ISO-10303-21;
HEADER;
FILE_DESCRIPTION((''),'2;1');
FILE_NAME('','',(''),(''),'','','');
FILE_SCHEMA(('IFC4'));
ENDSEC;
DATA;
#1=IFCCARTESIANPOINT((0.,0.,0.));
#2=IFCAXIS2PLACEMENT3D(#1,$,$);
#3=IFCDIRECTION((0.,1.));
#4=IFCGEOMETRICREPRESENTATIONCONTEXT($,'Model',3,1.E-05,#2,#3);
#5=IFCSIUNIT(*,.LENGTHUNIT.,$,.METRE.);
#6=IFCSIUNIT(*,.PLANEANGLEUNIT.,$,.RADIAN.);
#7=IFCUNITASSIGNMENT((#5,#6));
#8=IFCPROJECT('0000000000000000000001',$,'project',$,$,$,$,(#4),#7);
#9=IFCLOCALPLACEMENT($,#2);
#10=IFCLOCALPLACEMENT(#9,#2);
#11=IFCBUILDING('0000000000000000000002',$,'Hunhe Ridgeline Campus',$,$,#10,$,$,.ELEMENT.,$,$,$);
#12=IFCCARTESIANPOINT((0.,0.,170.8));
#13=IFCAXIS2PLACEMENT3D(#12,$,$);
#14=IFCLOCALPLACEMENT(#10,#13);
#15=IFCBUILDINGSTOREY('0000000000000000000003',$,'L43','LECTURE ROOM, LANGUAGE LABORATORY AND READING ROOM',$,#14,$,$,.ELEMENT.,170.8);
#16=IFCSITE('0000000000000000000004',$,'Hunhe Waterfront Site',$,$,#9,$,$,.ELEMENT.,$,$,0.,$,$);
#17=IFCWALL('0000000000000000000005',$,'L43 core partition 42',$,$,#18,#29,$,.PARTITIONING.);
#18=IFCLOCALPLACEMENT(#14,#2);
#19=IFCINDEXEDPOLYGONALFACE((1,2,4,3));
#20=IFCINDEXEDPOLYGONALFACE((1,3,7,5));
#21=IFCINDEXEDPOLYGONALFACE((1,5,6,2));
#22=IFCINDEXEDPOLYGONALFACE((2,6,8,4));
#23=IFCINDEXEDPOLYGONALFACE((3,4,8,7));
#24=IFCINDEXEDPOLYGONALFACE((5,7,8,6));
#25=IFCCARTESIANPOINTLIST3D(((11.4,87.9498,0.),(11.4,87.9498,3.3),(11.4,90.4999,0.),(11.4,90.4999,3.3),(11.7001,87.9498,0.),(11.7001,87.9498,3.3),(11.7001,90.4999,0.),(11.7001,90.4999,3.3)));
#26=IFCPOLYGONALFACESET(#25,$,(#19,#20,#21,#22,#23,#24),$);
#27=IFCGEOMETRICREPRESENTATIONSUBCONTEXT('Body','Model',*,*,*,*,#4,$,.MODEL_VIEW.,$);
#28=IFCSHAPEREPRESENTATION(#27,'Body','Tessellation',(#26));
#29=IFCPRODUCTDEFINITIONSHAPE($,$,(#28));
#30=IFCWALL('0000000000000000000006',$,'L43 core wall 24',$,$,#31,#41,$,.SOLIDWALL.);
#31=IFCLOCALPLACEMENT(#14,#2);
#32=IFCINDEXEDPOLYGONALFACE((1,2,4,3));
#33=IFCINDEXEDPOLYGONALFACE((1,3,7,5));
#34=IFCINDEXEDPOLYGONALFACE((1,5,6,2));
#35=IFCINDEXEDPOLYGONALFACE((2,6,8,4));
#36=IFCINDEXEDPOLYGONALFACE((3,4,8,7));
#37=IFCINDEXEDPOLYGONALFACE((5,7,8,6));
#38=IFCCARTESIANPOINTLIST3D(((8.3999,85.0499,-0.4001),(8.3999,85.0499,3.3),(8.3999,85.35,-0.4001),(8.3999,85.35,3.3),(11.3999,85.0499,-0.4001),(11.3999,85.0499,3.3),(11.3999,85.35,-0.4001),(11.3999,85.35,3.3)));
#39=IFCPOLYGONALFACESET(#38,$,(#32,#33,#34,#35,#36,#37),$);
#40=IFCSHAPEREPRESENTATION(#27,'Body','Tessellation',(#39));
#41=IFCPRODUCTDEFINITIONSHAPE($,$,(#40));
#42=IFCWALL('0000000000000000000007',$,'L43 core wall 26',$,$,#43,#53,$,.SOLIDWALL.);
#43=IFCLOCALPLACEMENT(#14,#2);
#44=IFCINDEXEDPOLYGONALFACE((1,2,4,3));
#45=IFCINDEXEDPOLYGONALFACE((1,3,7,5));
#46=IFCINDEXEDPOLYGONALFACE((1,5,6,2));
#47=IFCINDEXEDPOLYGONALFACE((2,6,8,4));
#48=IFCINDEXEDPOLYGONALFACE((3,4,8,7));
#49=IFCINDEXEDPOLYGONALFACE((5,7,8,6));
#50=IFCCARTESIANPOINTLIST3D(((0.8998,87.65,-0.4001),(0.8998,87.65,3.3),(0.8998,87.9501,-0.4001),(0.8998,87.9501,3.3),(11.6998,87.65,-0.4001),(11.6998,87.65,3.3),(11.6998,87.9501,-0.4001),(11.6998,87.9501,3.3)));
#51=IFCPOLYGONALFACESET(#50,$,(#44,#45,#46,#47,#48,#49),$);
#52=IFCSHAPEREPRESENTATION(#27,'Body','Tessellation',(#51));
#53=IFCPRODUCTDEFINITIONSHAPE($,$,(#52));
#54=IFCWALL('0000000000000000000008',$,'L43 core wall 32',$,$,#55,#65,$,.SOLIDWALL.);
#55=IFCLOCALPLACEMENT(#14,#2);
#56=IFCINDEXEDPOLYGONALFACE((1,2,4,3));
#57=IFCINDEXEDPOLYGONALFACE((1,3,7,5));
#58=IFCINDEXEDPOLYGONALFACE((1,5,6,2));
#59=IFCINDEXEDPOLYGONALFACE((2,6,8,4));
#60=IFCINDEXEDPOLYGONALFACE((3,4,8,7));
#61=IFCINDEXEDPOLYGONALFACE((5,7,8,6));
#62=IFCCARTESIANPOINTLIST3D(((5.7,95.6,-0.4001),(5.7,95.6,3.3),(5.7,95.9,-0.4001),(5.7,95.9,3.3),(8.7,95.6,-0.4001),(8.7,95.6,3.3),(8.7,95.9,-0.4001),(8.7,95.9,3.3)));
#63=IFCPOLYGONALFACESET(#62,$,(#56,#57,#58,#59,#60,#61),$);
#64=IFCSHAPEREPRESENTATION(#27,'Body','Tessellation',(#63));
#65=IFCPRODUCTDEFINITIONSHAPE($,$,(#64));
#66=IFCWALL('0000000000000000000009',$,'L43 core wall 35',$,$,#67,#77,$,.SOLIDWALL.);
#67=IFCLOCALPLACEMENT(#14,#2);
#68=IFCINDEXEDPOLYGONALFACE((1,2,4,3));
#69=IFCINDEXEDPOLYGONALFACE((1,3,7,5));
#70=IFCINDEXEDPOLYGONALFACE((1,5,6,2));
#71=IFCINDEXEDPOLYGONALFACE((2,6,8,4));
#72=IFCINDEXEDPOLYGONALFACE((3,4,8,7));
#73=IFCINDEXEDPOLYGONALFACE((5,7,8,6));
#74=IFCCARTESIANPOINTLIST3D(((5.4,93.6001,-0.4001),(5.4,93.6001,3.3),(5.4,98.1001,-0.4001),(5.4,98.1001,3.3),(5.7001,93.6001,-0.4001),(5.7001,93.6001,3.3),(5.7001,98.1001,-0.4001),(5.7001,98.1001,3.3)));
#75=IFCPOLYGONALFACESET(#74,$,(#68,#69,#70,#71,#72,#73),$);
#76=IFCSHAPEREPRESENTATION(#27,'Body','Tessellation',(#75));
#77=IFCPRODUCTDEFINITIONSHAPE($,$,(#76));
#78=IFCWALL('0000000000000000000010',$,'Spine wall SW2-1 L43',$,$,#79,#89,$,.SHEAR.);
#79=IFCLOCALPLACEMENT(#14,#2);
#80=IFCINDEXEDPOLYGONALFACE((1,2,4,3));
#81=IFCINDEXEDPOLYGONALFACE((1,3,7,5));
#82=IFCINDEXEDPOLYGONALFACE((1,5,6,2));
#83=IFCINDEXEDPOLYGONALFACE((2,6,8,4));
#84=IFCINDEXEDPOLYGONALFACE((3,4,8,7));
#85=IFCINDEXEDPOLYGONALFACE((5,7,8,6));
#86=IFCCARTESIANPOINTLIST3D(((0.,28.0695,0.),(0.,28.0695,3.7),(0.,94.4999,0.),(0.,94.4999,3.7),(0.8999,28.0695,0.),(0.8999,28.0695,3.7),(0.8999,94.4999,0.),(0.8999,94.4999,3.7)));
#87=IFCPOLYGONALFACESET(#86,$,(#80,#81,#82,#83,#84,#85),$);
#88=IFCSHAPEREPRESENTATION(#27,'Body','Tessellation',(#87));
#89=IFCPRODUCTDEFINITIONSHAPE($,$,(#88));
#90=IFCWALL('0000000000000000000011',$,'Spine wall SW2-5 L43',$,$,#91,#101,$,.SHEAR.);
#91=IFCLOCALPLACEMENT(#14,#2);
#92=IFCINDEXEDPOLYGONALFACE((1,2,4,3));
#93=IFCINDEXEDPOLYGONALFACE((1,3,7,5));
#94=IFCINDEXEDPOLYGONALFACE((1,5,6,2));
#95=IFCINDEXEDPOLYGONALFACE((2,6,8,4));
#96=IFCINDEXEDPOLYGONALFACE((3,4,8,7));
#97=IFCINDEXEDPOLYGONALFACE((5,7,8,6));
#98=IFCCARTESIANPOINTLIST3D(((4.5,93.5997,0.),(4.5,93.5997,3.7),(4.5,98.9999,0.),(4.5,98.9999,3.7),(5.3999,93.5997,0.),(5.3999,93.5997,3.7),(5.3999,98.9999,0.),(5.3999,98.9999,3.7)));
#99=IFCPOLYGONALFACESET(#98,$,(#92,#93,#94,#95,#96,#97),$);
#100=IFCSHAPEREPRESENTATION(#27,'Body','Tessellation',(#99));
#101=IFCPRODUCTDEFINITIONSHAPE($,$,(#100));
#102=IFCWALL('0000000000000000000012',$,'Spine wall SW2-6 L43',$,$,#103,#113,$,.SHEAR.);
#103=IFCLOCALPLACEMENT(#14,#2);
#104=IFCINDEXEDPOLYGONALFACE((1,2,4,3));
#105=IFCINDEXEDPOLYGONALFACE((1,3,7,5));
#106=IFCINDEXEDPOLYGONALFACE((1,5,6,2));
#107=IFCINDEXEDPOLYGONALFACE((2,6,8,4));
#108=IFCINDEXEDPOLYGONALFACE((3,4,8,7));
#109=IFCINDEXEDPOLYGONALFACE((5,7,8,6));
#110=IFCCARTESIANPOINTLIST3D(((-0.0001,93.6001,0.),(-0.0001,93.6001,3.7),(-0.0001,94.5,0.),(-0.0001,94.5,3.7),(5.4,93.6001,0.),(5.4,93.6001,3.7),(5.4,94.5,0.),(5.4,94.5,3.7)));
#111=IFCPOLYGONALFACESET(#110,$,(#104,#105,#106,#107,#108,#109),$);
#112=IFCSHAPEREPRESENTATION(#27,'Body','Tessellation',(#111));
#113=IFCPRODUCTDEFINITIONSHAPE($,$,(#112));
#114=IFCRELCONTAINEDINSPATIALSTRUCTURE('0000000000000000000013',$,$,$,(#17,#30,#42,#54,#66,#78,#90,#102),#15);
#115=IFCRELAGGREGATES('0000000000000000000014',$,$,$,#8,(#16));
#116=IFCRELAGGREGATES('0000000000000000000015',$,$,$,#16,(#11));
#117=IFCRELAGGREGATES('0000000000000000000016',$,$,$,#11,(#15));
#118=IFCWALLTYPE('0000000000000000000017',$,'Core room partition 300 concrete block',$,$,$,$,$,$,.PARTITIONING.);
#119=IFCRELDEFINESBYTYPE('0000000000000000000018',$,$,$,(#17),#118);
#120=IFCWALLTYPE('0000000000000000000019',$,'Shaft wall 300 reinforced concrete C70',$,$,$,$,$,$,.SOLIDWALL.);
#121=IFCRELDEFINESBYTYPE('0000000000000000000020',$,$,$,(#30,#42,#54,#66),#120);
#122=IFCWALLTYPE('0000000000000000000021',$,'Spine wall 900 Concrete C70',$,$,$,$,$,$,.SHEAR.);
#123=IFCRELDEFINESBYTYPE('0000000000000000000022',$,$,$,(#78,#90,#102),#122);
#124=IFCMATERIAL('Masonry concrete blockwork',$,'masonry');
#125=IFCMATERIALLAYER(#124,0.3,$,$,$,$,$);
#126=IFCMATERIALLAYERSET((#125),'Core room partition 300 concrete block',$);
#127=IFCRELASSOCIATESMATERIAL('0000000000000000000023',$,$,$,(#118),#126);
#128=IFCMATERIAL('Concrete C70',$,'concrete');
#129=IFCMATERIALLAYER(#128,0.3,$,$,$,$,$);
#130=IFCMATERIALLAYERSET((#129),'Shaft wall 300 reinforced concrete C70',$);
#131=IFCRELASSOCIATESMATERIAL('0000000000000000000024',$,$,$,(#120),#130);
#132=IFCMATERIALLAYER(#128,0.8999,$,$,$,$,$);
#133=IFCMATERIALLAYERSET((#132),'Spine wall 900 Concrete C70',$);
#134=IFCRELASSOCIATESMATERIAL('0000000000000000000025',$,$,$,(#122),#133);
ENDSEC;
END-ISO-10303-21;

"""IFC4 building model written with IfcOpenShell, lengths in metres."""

from ifc_helpers import new_model, si_unit, direction, frame, frame_2d, origin, place, context, subcontext, project, spatial, rectangle, extrude, material, layer, layer_set, type_object, element, save


model = new_model("IFC4")

# Units and contexts
model_context = context("Model", 3, precision=1e-05, world=origin(), true_north=direction((0.0, 1.0)))
body_context = subcontext(model_context, "Body", "Model", "MODEL_VIEW")
ifc_project = project(units=[si_unit("LENGTHUNIT", "METRE"), si_unit("PLANEANGLEUNIT", "RADIAN")], contexts=[model_context])

# Site, building, storey
site_placement = place(None, origin())
site = spatial("IfcSite", under=ifc_project, at=site_placement, Name="Hunhe Waterfront Site", CompositionType="ELEMENT", RefElevation=0.0)
building_placement = place(site_placement, origin())
building = spatial("IfcBuilding", under=site, at=building_placement, Name="Hunhe Ridgeline Campus", CompositionType="ELEMENT")
storey_placement = place(building_placement, frame((0.0, 0.0, 170.8)))
storey = spatial("IfcBuildingStorey", under=building, at=storey_placement, Name="L43", Description="LECTURE ROOM, LANGUAGE LABORATORY AND READING ROOM", CompositionType="ELEMENT", Elevation=170.8)

# Wall
ifc_material_1 = material(Name="Masonry concrete blockwork", Category="masonry")
ifc_layer_1 = layer(ifc_material_1, 0.3)
ifc_layer_set_1 = layer_set([ifc_layer_1], Name="Core room partition 300 concrete block")
wall_type_1 = type_object("IfcWallType", Name="Core room partition 300 concrete block", PredefinedType="PARTITIONING", material=ifc_layer_set_1)
wall_1_placement = place(storey_placement, frame((11.55, 87.95, 0.0), z_axis=(0.0, 0.0, 1.0), x_axis=(0.0, 1.0, 0.0)))
element("IfcWall", 1, at=wall_1_placement, inside=storey, type_object=wall_type_1, Name="L43 core partition 42", PredefinedType="PARTITIONING", context=body_context, shape_type="SweptSolid", body=[
    extrude(rectangle(XDim=2.55, YDim=0.3, at=frame_2d((1.2749, 0.0))), origin(), (0.0, 0.0, 1.0), 3.3),
])

# Shared definitions
ifc_material_2 = material(Name="Concrete C70", Category="concrete")

# Walls
ifc_layer_2 = layer(ifc_material_2, 0.3)
ifc_layer_set_2 = layer_set([ifc_layer_2], Name="Shaft wall 300 reinforced concrete C70")
wall_type_2 = type_object("IfcWallType", Name="Shaft wall 300 reinforced concrete C70", PredefinedType="SOLIDWALL", material=ifc_layer_set_2)
wall_2_placement = place(storey_placement, frame((8.3999, 85.2, -0.4001), z_axis=(0.0, 0.0, 1.0), x_axis=(1.0, 0.0, 0.0)))
element("IfcWall", 2, at=wall_2_placement, inside=storey, type_object=wall_type_2, Name="L43 core wall 24", PredefinedType="SOLIDWALL", context=body_context, shape_type="SweptSolid", body=[
    extrude(rectangle(XDim=3.0, YDim=0.3, at=frame_2d((1.5, 0.0))), origin(), (0.0, 0.0, 1.0), 3.7002),
])
wall_3_placement = place(storey_placement, frame((0.8999, 87.8, -0.4001), z_axis=(0.0, 0.0, 1.0), x_axis=(1.0, 0.0, 0.0)))
element("IfcWall", 3, at=wall_3_placement, inside=storey, type_object=wall_type_2, Name="L43 core wall 26", PredefinedType="SOLIDWALL", context=body_context, shape_type="SweptSolid", body=[
    extrude(rectangle(XDim=10.8, YDim=0.3, at=frame_2d((5.3999, 0.0))), origin(), (0.0, 0.0, 1.0), 3.7002),
])

# Walls
wall_4_placement = place(storey_placement, frame((5.7, 95.75, -0.4001), z_axis=(0.0, 0.0, 1.0), x_axis=(1.0, 0.0, 0.0)))
element("IfcWall", 4, at=wall_4_placement, inside=storey, type_object=wall_type_2, Name="L43 core wall 32", PredefinedType="SOLIDWALL", context=body_context, shape_type="SweptSolid", body=[
    extrude(rectangle(XDim=3.0, YDim=0.3, at=frame_2d((1.5, 0.0))), origin(), (0.0, 0.0, 1.0), 3.7002),
])
wall_5_placement = place(storey_placement, frame((5.55, 93.6001, -0.4001), z_axis=(0.0, 0.0, 1.0), x_axis=(0.0, 1.0, 0.0)))
element("IfcWall", 5, at=wall_5_placement, inside=storey, type_object=wall_type_2, Name="L43 core wall 35", PredefinedType="SOLIDWALL", context=body_context, shape_type="SweptSolid", body=[
    extrude(rectangle(XDim=4.5, YDim=0.3, at=frame_2d((2.25, 0.0))), origin(), (0.0, 0.0, 1.0), 3.7002),
])

# Walls
ifc_layer_3 = layer(ifc_material_2, 0.8999)
ifc_layer_set_3 = layer_set([ifc_layer_3], Name="Spine wall 900 Concrete C70")
wall_type_3 = type_object("IfcWallType", Name="Spine wall 900 Concrete C70", PredefinedType="SHEAR", material=ifc_layer_set_3)
wall_6_placement = place(storey_placement, frame((0.45, 94.5, 0.0), z_axis=(0.0, 0.0, 1.0), x_axis=(0.0, -1.0, 0.0)))
element("IfcWall", 6, at=wall_6_placement, inside=storey, type_object=wall_type_3, Name="Spine wall SW2-1 L43", PredefinedType="SHEAR", context=body_context, shape_type="SweptSolid", body=[
    extrude(rectangle(XDim=66.4304, YDim=0.8999, at=frame_2d((33.2153, 0.0))), origin(), (0.0, 0.0, 1.0), 3.7),
])
for number, where, z_axis, x_axis, name in (
    (7, (4.95, 99.0, 0.0), (0.0, 0.0, 1.0), (0.0, -1.0, 0.0), "Spine wall SW2-5 L43"),
    (8, (5.4001, 94.05, 0.0), (0.0, 0.0, 1.0), (-1.0, 0.0, 0.0), "Spine wall SW2-6 L43"),
):
    element("IfcWall", number, at=place(storey_placement, frame(where, z_axis=z_axis, x_axis=x_axis)), inside=storey, type_object=wall_type_3, Name=name, PredefinedType="SHEAR", context=body_context, shape_type="SweptSolid", body=[
        extrude(rectangle(XDim=5.4001, YDim=0.8999, at=frame_2d((2.7002, 0.0))), origin(), (0.0, 0.0, 1.0), 3.7),
    ])

save(model, "model.ifc")
